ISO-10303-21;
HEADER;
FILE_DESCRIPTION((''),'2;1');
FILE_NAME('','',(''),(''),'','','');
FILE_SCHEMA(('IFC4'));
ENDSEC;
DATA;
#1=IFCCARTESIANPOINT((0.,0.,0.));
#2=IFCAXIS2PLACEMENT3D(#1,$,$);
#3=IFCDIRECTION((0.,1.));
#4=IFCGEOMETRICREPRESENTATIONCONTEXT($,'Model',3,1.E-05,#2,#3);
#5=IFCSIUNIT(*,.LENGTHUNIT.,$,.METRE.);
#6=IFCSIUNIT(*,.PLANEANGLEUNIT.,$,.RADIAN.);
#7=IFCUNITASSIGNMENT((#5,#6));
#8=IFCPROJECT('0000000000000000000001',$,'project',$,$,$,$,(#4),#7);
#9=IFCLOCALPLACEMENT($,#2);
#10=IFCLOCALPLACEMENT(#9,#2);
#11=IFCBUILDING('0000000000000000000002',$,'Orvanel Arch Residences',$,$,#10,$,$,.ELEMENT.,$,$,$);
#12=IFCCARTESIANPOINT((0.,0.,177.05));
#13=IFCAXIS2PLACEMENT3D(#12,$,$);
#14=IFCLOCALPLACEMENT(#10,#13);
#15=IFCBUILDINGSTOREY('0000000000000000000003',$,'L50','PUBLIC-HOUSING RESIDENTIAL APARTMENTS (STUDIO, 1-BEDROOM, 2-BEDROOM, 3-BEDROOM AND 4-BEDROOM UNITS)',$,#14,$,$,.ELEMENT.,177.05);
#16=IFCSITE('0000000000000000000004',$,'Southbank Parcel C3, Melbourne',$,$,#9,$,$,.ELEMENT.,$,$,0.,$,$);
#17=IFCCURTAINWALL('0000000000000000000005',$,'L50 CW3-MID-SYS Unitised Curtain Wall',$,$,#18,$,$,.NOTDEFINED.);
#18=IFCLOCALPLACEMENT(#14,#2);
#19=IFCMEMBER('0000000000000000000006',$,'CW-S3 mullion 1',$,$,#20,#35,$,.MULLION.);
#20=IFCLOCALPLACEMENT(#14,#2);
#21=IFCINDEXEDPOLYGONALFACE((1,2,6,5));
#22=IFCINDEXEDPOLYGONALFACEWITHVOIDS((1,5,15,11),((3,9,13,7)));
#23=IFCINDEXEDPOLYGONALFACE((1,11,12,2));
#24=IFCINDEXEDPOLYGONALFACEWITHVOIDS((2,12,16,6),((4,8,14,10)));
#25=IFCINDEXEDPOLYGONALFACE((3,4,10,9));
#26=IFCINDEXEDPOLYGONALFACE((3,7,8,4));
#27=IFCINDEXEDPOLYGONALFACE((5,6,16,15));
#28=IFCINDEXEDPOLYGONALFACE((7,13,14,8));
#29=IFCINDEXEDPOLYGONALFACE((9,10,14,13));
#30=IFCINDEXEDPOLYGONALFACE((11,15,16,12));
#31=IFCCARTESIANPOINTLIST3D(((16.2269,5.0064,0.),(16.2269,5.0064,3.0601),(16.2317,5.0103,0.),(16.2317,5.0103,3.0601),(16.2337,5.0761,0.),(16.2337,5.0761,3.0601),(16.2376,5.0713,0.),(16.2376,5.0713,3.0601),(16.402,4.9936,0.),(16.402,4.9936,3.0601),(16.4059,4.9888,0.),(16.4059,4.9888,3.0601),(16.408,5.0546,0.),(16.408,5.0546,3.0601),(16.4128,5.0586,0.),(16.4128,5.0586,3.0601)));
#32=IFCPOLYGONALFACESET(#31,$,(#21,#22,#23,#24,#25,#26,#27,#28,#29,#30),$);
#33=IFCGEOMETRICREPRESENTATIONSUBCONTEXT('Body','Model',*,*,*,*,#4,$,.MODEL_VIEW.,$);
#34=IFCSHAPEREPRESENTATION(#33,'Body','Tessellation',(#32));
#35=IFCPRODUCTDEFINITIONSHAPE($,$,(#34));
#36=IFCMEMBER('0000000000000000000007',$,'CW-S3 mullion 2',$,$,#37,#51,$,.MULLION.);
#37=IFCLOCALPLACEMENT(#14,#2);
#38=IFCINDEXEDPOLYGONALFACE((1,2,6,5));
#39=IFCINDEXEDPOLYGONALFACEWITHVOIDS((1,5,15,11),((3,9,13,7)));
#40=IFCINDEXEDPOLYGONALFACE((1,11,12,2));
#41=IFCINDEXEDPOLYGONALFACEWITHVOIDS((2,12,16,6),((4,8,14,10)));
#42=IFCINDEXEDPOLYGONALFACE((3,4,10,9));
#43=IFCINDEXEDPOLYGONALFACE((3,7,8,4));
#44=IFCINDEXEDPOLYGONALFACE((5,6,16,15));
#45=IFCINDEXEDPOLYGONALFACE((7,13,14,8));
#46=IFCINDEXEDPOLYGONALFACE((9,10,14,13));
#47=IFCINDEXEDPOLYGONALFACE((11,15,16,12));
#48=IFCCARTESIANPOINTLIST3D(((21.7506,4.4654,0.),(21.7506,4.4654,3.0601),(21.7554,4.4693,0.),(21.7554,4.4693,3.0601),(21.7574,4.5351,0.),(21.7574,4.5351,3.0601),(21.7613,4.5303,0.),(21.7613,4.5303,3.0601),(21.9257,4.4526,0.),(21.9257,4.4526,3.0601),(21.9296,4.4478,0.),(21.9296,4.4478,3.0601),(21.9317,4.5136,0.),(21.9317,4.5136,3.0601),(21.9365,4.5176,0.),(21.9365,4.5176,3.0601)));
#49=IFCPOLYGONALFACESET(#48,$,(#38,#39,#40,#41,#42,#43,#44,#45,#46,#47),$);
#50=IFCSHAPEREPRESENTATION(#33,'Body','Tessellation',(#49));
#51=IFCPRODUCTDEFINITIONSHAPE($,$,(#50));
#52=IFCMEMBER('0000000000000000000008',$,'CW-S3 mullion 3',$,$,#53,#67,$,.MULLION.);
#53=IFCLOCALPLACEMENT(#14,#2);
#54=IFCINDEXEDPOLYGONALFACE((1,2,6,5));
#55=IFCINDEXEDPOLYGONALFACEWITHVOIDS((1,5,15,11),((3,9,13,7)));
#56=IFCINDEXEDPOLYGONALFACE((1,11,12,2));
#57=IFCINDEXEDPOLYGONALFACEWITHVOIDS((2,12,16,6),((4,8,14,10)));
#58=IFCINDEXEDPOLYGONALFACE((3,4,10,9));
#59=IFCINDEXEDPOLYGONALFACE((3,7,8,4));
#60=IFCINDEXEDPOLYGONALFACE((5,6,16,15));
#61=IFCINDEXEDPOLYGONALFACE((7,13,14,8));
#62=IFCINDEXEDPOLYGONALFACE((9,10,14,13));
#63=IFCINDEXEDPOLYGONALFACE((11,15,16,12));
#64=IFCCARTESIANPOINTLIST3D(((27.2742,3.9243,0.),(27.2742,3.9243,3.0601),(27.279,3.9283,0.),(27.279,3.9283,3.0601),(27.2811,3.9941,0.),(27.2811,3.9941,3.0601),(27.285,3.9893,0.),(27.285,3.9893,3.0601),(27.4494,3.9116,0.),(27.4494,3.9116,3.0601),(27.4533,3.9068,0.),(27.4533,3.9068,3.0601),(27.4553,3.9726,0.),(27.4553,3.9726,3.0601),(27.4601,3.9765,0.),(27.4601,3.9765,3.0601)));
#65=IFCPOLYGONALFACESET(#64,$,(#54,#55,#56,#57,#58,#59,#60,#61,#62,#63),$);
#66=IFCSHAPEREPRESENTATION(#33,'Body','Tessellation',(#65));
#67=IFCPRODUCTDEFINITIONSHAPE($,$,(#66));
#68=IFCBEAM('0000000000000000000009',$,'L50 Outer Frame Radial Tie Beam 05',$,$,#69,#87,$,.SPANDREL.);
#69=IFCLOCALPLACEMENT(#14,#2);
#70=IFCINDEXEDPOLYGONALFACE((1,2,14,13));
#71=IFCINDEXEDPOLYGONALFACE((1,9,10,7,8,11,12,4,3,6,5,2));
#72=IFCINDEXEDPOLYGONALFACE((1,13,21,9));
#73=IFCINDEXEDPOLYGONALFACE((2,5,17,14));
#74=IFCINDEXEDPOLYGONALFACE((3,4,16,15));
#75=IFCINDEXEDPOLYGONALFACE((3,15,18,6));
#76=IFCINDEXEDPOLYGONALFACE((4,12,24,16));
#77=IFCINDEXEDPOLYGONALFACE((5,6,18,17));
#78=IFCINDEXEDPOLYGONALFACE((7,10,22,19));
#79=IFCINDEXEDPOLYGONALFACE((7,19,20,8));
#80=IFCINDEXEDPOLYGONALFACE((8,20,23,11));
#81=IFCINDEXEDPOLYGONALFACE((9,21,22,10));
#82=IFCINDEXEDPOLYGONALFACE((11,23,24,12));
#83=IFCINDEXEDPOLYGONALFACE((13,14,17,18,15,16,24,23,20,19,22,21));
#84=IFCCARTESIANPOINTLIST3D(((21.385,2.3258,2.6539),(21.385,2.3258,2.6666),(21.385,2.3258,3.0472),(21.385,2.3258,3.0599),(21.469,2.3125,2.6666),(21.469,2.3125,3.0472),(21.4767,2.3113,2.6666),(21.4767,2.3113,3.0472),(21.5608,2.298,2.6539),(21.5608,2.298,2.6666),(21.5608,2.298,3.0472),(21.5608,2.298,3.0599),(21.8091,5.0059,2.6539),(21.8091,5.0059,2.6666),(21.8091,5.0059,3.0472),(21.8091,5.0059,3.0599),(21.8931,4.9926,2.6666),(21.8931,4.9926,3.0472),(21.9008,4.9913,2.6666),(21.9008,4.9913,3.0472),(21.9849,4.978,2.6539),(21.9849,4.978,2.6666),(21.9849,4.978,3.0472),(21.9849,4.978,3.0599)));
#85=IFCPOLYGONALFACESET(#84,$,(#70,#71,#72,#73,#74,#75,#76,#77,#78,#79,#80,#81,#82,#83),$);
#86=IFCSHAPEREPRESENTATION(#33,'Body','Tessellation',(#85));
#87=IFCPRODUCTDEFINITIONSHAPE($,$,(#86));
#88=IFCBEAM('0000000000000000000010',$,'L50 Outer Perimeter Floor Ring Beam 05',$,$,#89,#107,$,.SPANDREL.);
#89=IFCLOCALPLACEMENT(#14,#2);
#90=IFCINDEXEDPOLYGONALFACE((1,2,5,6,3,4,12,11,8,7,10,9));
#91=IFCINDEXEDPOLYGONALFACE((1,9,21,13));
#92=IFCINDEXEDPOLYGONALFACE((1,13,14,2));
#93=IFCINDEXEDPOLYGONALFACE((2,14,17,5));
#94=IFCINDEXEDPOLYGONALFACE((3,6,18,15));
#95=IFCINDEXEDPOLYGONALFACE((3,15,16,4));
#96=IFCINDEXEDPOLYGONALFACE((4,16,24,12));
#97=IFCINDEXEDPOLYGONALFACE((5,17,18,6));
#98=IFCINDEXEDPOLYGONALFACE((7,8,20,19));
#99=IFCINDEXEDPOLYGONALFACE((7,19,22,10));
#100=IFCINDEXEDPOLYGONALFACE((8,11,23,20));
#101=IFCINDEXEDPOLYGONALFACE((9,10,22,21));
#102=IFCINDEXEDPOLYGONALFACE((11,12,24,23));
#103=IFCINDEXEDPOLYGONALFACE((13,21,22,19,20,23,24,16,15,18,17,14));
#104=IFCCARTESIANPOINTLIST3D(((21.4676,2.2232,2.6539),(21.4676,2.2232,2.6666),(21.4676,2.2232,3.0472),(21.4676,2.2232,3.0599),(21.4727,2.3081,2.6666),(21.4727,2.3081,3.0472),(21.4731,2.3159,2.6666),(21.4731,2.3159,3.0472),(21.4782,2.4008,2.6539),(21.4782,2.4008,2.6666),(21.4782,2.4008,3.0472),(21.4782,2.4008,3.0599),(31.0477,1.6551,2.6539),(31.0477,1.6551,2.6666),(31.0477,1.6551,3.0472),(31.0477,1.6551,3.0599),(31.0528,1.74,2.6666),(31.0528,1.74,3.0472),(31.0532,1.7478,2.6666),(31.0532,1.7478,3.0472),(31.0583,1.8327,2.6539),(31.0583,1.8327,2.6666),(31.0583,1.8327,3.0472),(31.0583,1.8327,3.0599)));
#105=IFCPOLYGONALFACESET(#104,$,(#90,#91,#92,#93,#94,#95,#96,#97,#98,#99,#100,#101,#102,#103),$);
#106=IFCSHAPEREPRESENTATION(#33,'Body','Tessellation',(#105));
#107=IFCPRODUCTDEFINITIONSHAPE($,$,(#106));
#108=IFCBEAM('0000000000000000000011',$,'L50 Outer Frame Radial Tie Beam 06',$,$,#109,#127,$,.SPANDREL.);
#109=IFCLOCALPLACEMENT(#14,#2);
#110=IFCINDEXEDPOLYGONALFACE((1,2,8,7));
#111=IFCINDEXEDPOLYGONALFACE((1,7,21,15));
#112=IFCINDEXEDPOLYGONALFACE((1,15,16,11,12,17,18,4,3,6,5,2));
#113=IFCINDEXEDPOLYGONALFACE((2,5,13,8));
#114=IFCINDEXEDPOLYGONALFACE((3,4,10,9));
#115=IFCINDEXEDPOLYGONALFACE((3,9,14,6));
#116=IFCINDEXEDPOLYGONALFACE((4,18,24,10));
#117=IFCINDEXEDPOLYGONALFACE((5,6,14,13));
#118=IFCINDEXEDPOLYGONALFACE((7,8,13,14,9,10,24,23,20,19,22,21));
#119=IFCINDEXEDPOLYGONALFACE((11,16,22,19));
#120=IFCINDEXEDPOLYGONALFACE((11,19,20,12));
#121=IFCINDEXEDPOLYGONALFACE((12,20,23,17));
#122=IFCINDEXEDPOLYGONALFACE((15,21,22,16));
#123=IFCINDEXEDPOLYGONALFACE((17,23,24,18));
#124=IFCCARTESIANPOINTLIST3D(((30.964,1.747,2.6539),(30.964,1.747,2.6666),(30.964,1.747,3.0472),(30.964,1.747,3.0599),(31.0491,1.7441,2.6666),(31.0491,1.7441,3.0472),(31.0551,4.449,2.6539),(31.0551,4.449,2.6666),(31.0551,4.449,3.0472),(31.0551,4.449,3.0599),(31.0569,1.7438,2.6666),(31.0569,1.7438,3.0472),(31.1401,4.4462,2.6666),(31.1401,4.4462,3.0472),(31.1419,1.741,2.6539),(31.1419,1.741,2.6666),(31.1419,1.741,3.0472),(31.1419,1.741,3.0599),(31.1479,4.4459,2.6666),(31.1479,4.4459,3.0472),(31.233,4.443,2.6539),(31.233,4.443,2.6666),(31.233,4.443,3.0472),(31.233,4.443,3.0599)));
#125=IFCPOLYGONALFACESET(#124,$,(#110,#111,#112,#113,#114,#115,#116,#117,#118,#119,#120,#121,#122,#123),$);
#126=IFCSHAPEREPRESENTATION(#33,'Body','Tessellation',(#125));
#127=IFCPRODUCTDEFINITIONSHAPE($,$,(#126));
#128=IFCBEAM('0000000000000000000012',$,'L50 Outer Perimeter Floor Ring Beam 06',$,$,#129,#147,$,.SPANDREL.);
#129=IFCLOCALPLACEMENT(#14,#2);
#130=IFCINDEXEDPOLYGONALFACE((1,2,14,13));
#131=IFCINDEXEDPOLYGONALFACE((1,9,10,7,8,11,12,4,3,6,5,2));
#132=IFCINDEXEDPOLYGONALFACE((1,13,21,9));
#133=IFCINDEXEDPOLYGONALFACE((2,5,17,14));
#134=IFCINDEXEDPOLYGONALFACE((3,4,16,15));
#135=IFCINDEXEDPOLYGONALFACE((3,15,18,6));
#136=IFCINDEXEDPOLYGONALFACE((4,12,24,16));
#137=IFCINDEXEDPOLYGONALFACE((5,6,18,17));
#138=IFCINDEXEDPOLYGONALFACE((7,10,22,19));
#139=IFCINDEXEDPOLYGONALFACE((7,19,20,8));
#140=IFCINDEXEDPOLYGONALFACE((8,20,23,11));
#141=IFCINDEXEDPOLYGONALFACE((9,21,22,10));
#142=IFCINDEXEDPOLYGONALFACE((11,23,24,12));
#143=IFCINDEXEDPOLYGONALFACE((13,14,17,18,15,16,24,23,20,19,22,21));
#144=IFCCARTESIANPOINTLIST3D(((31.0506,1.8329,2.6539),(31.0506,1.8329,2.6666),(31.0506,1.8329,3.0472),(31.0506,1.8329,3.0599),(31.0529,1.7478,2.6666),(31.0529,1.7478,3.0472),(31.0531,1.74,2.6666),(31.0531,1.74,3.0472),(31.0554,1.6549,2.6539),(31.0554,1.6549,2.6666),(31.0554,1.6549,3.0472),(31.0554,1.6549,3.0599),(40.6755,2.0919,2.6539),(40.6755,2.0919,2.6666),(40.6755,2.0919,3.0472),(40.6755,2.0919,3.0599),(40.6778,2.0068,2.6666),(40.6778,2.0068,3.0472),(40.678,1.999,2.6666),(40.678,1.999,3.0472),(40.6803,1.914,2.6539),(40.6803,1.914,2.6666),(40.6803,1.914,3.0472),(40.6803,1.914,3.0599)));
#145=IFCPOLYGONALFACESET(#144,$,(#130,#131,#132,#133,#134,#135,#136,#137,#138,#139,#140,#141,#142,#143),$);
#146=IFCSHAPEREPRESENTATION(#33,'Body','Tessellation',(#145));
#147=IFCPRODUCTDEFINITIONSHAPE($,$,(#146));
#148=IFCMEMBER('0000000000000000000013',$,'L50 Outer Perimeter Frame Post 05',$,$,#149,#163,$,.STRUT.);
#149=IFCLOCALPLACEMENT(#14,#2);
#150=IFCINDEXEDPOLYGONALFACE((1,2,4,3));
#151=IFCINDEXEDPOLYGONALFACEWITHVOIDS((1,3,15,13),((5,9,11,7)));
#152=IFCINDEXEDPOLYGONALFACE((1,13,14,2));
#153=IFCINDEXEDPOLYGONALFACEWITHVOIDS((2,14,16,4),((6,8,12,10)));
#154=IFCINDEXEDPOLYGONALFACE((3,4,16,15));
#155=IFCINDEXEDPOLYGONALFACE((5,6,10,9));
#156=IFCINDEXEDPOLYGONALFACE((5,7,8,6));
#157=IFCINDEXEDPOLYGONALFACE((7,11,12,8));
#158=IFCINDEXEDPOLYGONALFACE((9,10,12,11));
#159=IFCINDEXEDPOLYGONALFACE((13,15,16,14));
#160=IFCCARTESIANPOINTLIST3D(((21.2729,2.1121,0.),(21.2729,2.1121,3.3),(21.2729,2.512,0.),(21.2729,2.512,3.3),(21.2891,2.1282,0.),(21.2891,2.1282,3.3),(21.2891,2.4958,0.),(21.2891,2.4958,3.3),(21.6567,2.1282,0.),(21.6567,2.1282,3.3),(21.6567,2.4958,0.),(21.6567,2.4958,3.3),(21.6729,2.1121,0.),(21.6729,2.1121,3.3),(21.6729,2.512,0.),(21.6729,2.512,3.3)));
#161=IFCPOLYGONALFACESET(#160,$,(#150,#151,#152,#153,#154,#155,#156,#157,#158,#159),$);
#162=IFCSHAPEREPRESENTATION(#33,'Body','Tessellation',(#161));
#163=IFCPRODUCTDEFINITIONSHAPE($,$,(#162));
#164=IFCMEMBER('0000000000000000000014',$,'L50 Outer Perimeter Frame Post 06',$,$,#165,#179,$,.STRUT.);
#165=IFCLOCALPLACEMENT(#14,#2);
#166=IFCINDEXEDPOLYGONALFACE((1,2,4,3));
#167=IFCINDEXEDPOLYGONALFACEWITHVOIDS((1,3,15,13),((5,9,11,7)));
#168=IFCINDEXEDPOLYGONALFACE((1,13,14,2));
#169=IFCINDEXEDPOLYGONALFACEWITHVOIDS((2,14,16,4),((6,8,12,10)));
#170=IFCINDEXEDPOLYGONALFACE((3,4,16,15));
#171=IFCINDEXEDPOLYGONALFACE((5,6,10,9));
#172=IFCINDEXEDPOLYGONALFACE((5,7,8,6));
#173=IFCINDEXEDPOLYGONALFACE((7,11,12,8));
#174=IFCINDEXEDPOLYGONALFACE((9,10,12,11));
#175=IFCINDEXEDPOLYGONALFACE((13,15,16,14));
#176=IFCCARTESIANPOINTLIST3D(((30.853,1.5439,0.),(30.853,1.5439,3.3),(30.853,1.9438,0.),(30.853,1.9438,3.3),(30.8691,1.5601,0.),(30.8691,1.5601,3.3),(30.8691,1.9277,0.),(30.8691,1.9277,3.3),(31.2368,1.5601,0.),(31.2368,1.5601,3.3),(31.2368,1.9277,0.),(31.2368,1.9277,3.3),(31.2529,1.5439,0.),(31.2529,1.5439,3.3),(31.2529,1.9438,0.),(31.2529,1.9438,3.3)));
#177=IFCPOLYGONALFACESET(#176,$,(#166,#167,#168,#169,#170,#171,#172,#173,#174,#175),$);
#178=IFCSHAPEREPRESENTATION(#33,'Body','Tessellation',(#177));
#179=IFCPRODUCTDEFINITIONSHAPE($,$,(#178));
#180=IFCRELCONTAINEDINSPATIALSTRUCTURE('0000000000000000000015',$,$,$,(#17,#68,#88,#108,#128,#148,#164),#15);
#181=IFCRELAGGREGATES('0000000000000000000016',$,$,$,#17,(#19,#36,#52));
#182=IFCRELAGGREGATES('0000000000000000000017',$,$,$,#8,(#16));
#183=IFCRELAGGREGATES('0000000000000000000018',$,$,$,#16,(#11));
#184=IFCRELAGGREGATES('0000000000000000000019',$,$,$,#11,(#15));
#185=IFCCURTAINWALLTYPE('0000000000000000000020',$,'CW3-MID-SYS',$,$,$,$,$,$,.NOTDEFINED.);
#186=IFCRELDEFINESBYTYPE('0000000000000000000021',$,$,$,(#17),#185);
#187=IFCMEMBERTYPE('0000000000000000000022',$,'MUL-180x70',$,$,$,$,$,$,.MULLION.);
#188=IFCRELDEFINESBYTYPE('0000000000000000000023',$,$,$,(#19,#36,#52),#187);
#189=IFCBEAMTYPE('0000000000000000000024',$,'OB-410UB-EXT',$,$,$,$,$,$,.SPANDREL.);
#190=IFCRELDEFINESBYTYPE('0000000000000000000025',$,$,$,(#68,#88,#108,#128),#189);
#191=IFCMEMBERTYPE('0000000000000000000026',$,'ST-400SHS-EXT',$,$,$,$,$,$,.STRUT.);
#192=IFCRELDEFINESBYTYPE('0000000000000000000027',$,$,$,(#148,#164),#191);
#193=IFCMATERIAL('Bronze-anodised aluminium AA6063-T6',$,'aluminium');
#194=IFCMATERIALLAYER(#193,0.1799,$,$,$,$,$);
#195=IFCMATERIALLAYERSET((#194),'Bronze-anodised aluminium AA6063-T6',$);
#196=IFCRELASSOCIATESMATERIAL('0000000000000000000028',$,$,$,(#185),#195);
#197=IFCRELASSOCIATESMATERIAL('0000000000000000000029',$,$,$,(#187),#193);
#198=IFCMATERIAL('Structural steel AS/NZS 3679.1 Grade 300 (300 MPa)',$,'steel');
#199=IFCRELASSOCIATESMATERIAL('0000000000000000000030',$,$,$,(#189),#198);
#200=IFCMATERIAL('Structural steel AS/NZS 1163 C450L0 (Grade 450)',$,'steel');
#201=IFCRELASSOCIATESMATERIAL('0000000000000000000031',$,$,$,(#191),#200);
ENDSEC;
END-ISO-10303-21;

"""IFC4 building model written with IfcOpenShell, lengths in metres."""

from ifc_helpers import new_model, si_unit, direction, frame, origin, origin_2d, place, context, subcontext, project, spatial, hollow_rectangle, i_section, extrude, material, layer, layer_set, material_profile, profile_set, type_object, element, aggregate, save


model = new_model("IFC4")

# Units and contexts
model_context = context("Model", 3, precision=1e-05, world=origin(), true_north=direction((0.0, 1.0)))
body_context = subcontext(model_context, "Body", "Model", "MODEL_VIEW")
ifc_project = project(units=[si_unit("LENGTHUNIT", "METRE"), si_unit("PLANEANGLEUNIT", "RADIAN")], contexts=[model_context])

# Site, building, storey
site_placement = place(None, origin())
site = spatial("IfcSite", under=ifc_project, at=site_placement, Name="Southbank Parcel C3, Melbourne", CompositionType="ELEMENT", RefElevation=0.0)
building_placement = place(site_placement, origin())
building = spatial("IfcBuilding", under=site, at=building_placement, Name="Orvanel Arch Residences", CompositionType="ELEMENT")
storey_placement = place(building_placement, frame((0.0, 0.0, 177.05)))
storey = spatial("IfcBuildingStorey", under=building, at=storey_placement, Name="L50", Description="PUBLIC-HOUSING RESIDENTIAL APARTMENTS (STUDIO, 1-BEDROOM, 2-BEDROOM, 3-BEDROOM AND 4-BEDROOM UNITS)", CompositionType="ELEMENT", Elevation=177.05)

# Curtain wall, members
ifc_material_1 = material(Name="Bronze-anodised aluminium AA6063-T6", Category="aluminium")
ifc_layer_1 = layer(ifc_material_1, 0.1799)
ifc_layer_set_1 = layer_set([ifc_layer_1], Name="Bronze-anodised aluminium AA6063-T6")
curtain_wall_type = type_object("IfcCurtainWallType", Name="CW3-MID-SYS", PredefinedType="NOTDEFINED", material=ifc_layer_set_1)
curtain_wall_placement = place(storey_placement, origin())
curtain_wall = element("IfcCurtainWall", 1, at=curtain_wall_placement, inside=storey, type_object=curtain_wall_type, Name="L50 CW3-MID-SYS Unitised Curtain Wall", PredefinedType="NOTDEFINED")
ifc_material_profile_1 = material_profile(ifc_material_1, hollow_rectangle(XDim=0.0701, YDim=0.1799, WallThickness=0.0044, at=origin_2d()), Name="ALU180x70x4.5")
ifc_profile_set_1 = profile_set([ifc_material_profile_1], Name="Bronze-anodised aluminium AA6063-T6")
member_type_1 = type_object("IfcMemberType", Name="MUL-180x70", PredefinedType="MULLION", material=ifc_profile_set_1)
member_1_placement = place(storey_placement, frame((16.3198, 5.0325, 0.0), z_axis=(0.0, 0.0, 1.0), x_axis=(0.097491, 0.995236, 0.0)))
member_1 = element("IfcMember", 2, at=member_1_placement, type_object=member_type_1, Name="CW-S3 mullion 1", PredefinedType="MULLION", context=body_context, shape_type="SweptSolid", body=[
    extrude(hollow_rectangle(XDim=0.0701, YDim=0.1799, WallThickness=0.0044, at=origin_2d()), origin(), (0.0, 0.0, 1.0), 3.0601),
])
member_2_placement = place(storey_placement, frame((21.8435, 4.4915, 0.0), z_axis=(0.0, 0.0, 1.0), x_axis=(0.097491, 0.995236, 0.0)))
member_2 = element("IfcMember", 3, at=member_2_placement, type_object=member_type_1, Name="CW-S3 mullion 2", PredefinedType="MULLION", context=body_context, shape_type="SweptSolid", body=[
    extrude(hollow_rectangle(XDim=0.0701, YDim=0.1799, WallThickness=0.0044, at=origin_2d()), origin(), (0.0, 0.0, 1.0), 3.0601),
])
member_3_placement = place(storey_placement, frame((27.3672, 3.9504, 0.0), z_axis=(0.0, 0.0, 1.0), x_axis=(0.097491, 0.995236, 0.0)))
member_3 = element("IfcMember", 4, at=member_3_placement, type_object=member_type_1, Name="CW-S3 mullion 3", PredefinedType="MULLION", context=body_context, shape_type="SweptSolid", body=[
    extrude(hollow_rectangle(XDim=0.0701, YDim=0.1799, WallThickness=0.0044, at=origin_2d()), origin(), (0.0, 0.0, 1.0), 3.0601),
])

# Beams
ifc_material_2 = material(Name="Structural steel AS/NZS 3679.1 Grade 300 (300 MPa)", Category="steel")
ifc_material_profile_2 = material_profile(ifc_material_2, i_section(OverallWidth=0.178, OverallDepth=0.406, WebThickness=0.0078, FlangeThickness=0.0127, at=origin_2d()), Name="410UB59.7")
ifc_profile_set_2 = profile_set([ifc_material_profile_2], Name="Structural steel AS/NZS 3679.1 Grade 300 (300 MPa)")
beam_type = type_object("IfcBeamType", Name="OB-410UB-EXT", PredefinedType="SPANDREL", material=ifc_profile_set_2)
beam_1_placement = place(storey_placement, frame((21.897, 4.9919, 2.8569), z_axis=(-0.156295, -0.98771, 0.0), x_axis=(0.98771, -0.156295, 0.0)))
element("IfcBeam", 5, at=beam_1_placement, inside=storey, type_object=beam_type, Name="L50 Outer Frame Radial Tie Beam 05", PredefinedType="SPANDREL", context=body_context, shape_type="SweptSolid", body=[
    extrude(i_section(OverallWidth=0.178, OverallDepth=0.406, WebThickness=0.0078, FlangeThickness=0.0127, at=origin_2d()), origin(), (0.0, 0.0, 1.0), 2.7134),
])
beam_2_placement = place(storey_placement, frame((21.4729, 2.312, 2.8569), z_axis=(0.998246, -0.059198, 0.0), x_axis=(0.059198, 0.998246, 0.0)))
element("IfcBeam", 6, at=beam_2_placement, inside=storey, type_object=beam_type, Name="L50 Outer Perimeter Floor Ring Beam 05", PredefinedType="SPANDREL", context=body_context, shape_type="SweptSolid", body=[
    extrude(i_section(OverallWidth=0.178, OverallDepth=0.406, WebThickness=0.0078, FlangeThickness=0.0127, at=origin_2d()), origin(), (0.0, 0.0, 1.0), 9.5969),
])
beam_3_placement = place(storey_placement, frame((31.144, 4.446, 2.8569), z_axis=(-0.033682, -0.999433, 0.0), x_axis=(0.999433, -0.033682, 0.0)))
element("IfcBeam", 7, at=beam_3_placement, inside=storey, type_object=beam_type, Name="L50 Outer Frame Radial Tie Beam 06", PredefinedType="SPANDREL", context=body_context, shape_type="SweptSolid", body=[
    extrude(i_section(OverallWidth=0.178, OverallDepth=0.406, WebThickness=0.0078, FlangeThickness=0.0127, at=origin_2d()), origin(), (0.0, 0.0, 1.0), 2.7036),
])
beam_4_placement = place(storey_placement, frame((31.053, 1.7439, 2.8569), z_axis=(0.999638, 0.026903, 0.0), x_axis=(-0.026903, 0.999638, 0.0)))
element("IfcBeam", 8, at=beam_4_placement, inside=storey, type_object=beam_type, Name="L50 Outer Perimeter Floor Ring Beam 06", PredefinedType="SPANDREL", context=body_context, shape_type="SweptSolid", body=[
    extrude(i_section(OverallWidth=0.178, OverallDepth=0.406, WebThickness=0.0078, FlangeThickness=0.0127, at=origin_2d()), origin(), (0.0, 0.0, 1.0), 9.6284),
])

# Members
ifc_material_3 = material(Name="Structural steel AS/NZS 1163 C450L0 (Grade 450)", Category="steel")
ifc_material_profile_3 = material_profile(ifc_material_3, hollow_rectangle(XDim=0.3999, YDim=0.3999, WallThickness=0.0161, at=origin_2d()), Name="SHS400x400x16")
ifc_profile_set_3 = profile_set([ifc_material_profile_3], Name="Structural steel AS/NZS 1163 C450L0 (Grade 450)")
member_type_2 = type_object("IfcMemberType", Name="ST-400SHS-EXT", PredefinedType="STRUT", material=ifc_profile_set_3)
for number, where, z_axis, x_axis, name in (
    (9, (21.4729, 2.312, 0.0), (0.0, 0.0, 1.0), (1.0, 0.0, 0.0), "L50 Outer Perimeter Frame Post 05"),
    (10, (31.053, 1.7439, 0.0), (0.0, 0.0, 1.0), (1.0, 0.0, 0.0), "L50 Outer Perimeter Frame Post 06"),
):
    element("IfcMember", number, at=place(storey_placement, frame(where, z_axis=z_axis, x_axis=x_axis)), inside=storey, type_object=member_type_2, Name=name, PredefinedType="STRUT", context=body_context, shape_type="SweptSolid", body=[
        extrude(hollow_rectangle(XDim=0.3999, YDim=0.3999, WallThickness=0.0161, at=origin_2d()), origin(), (0.0, 0.0, 1.0), 3.3),
    ])

aggregate(curtain_wall, [member_1, member_2, member_3])

save(model, "model.ifc")
